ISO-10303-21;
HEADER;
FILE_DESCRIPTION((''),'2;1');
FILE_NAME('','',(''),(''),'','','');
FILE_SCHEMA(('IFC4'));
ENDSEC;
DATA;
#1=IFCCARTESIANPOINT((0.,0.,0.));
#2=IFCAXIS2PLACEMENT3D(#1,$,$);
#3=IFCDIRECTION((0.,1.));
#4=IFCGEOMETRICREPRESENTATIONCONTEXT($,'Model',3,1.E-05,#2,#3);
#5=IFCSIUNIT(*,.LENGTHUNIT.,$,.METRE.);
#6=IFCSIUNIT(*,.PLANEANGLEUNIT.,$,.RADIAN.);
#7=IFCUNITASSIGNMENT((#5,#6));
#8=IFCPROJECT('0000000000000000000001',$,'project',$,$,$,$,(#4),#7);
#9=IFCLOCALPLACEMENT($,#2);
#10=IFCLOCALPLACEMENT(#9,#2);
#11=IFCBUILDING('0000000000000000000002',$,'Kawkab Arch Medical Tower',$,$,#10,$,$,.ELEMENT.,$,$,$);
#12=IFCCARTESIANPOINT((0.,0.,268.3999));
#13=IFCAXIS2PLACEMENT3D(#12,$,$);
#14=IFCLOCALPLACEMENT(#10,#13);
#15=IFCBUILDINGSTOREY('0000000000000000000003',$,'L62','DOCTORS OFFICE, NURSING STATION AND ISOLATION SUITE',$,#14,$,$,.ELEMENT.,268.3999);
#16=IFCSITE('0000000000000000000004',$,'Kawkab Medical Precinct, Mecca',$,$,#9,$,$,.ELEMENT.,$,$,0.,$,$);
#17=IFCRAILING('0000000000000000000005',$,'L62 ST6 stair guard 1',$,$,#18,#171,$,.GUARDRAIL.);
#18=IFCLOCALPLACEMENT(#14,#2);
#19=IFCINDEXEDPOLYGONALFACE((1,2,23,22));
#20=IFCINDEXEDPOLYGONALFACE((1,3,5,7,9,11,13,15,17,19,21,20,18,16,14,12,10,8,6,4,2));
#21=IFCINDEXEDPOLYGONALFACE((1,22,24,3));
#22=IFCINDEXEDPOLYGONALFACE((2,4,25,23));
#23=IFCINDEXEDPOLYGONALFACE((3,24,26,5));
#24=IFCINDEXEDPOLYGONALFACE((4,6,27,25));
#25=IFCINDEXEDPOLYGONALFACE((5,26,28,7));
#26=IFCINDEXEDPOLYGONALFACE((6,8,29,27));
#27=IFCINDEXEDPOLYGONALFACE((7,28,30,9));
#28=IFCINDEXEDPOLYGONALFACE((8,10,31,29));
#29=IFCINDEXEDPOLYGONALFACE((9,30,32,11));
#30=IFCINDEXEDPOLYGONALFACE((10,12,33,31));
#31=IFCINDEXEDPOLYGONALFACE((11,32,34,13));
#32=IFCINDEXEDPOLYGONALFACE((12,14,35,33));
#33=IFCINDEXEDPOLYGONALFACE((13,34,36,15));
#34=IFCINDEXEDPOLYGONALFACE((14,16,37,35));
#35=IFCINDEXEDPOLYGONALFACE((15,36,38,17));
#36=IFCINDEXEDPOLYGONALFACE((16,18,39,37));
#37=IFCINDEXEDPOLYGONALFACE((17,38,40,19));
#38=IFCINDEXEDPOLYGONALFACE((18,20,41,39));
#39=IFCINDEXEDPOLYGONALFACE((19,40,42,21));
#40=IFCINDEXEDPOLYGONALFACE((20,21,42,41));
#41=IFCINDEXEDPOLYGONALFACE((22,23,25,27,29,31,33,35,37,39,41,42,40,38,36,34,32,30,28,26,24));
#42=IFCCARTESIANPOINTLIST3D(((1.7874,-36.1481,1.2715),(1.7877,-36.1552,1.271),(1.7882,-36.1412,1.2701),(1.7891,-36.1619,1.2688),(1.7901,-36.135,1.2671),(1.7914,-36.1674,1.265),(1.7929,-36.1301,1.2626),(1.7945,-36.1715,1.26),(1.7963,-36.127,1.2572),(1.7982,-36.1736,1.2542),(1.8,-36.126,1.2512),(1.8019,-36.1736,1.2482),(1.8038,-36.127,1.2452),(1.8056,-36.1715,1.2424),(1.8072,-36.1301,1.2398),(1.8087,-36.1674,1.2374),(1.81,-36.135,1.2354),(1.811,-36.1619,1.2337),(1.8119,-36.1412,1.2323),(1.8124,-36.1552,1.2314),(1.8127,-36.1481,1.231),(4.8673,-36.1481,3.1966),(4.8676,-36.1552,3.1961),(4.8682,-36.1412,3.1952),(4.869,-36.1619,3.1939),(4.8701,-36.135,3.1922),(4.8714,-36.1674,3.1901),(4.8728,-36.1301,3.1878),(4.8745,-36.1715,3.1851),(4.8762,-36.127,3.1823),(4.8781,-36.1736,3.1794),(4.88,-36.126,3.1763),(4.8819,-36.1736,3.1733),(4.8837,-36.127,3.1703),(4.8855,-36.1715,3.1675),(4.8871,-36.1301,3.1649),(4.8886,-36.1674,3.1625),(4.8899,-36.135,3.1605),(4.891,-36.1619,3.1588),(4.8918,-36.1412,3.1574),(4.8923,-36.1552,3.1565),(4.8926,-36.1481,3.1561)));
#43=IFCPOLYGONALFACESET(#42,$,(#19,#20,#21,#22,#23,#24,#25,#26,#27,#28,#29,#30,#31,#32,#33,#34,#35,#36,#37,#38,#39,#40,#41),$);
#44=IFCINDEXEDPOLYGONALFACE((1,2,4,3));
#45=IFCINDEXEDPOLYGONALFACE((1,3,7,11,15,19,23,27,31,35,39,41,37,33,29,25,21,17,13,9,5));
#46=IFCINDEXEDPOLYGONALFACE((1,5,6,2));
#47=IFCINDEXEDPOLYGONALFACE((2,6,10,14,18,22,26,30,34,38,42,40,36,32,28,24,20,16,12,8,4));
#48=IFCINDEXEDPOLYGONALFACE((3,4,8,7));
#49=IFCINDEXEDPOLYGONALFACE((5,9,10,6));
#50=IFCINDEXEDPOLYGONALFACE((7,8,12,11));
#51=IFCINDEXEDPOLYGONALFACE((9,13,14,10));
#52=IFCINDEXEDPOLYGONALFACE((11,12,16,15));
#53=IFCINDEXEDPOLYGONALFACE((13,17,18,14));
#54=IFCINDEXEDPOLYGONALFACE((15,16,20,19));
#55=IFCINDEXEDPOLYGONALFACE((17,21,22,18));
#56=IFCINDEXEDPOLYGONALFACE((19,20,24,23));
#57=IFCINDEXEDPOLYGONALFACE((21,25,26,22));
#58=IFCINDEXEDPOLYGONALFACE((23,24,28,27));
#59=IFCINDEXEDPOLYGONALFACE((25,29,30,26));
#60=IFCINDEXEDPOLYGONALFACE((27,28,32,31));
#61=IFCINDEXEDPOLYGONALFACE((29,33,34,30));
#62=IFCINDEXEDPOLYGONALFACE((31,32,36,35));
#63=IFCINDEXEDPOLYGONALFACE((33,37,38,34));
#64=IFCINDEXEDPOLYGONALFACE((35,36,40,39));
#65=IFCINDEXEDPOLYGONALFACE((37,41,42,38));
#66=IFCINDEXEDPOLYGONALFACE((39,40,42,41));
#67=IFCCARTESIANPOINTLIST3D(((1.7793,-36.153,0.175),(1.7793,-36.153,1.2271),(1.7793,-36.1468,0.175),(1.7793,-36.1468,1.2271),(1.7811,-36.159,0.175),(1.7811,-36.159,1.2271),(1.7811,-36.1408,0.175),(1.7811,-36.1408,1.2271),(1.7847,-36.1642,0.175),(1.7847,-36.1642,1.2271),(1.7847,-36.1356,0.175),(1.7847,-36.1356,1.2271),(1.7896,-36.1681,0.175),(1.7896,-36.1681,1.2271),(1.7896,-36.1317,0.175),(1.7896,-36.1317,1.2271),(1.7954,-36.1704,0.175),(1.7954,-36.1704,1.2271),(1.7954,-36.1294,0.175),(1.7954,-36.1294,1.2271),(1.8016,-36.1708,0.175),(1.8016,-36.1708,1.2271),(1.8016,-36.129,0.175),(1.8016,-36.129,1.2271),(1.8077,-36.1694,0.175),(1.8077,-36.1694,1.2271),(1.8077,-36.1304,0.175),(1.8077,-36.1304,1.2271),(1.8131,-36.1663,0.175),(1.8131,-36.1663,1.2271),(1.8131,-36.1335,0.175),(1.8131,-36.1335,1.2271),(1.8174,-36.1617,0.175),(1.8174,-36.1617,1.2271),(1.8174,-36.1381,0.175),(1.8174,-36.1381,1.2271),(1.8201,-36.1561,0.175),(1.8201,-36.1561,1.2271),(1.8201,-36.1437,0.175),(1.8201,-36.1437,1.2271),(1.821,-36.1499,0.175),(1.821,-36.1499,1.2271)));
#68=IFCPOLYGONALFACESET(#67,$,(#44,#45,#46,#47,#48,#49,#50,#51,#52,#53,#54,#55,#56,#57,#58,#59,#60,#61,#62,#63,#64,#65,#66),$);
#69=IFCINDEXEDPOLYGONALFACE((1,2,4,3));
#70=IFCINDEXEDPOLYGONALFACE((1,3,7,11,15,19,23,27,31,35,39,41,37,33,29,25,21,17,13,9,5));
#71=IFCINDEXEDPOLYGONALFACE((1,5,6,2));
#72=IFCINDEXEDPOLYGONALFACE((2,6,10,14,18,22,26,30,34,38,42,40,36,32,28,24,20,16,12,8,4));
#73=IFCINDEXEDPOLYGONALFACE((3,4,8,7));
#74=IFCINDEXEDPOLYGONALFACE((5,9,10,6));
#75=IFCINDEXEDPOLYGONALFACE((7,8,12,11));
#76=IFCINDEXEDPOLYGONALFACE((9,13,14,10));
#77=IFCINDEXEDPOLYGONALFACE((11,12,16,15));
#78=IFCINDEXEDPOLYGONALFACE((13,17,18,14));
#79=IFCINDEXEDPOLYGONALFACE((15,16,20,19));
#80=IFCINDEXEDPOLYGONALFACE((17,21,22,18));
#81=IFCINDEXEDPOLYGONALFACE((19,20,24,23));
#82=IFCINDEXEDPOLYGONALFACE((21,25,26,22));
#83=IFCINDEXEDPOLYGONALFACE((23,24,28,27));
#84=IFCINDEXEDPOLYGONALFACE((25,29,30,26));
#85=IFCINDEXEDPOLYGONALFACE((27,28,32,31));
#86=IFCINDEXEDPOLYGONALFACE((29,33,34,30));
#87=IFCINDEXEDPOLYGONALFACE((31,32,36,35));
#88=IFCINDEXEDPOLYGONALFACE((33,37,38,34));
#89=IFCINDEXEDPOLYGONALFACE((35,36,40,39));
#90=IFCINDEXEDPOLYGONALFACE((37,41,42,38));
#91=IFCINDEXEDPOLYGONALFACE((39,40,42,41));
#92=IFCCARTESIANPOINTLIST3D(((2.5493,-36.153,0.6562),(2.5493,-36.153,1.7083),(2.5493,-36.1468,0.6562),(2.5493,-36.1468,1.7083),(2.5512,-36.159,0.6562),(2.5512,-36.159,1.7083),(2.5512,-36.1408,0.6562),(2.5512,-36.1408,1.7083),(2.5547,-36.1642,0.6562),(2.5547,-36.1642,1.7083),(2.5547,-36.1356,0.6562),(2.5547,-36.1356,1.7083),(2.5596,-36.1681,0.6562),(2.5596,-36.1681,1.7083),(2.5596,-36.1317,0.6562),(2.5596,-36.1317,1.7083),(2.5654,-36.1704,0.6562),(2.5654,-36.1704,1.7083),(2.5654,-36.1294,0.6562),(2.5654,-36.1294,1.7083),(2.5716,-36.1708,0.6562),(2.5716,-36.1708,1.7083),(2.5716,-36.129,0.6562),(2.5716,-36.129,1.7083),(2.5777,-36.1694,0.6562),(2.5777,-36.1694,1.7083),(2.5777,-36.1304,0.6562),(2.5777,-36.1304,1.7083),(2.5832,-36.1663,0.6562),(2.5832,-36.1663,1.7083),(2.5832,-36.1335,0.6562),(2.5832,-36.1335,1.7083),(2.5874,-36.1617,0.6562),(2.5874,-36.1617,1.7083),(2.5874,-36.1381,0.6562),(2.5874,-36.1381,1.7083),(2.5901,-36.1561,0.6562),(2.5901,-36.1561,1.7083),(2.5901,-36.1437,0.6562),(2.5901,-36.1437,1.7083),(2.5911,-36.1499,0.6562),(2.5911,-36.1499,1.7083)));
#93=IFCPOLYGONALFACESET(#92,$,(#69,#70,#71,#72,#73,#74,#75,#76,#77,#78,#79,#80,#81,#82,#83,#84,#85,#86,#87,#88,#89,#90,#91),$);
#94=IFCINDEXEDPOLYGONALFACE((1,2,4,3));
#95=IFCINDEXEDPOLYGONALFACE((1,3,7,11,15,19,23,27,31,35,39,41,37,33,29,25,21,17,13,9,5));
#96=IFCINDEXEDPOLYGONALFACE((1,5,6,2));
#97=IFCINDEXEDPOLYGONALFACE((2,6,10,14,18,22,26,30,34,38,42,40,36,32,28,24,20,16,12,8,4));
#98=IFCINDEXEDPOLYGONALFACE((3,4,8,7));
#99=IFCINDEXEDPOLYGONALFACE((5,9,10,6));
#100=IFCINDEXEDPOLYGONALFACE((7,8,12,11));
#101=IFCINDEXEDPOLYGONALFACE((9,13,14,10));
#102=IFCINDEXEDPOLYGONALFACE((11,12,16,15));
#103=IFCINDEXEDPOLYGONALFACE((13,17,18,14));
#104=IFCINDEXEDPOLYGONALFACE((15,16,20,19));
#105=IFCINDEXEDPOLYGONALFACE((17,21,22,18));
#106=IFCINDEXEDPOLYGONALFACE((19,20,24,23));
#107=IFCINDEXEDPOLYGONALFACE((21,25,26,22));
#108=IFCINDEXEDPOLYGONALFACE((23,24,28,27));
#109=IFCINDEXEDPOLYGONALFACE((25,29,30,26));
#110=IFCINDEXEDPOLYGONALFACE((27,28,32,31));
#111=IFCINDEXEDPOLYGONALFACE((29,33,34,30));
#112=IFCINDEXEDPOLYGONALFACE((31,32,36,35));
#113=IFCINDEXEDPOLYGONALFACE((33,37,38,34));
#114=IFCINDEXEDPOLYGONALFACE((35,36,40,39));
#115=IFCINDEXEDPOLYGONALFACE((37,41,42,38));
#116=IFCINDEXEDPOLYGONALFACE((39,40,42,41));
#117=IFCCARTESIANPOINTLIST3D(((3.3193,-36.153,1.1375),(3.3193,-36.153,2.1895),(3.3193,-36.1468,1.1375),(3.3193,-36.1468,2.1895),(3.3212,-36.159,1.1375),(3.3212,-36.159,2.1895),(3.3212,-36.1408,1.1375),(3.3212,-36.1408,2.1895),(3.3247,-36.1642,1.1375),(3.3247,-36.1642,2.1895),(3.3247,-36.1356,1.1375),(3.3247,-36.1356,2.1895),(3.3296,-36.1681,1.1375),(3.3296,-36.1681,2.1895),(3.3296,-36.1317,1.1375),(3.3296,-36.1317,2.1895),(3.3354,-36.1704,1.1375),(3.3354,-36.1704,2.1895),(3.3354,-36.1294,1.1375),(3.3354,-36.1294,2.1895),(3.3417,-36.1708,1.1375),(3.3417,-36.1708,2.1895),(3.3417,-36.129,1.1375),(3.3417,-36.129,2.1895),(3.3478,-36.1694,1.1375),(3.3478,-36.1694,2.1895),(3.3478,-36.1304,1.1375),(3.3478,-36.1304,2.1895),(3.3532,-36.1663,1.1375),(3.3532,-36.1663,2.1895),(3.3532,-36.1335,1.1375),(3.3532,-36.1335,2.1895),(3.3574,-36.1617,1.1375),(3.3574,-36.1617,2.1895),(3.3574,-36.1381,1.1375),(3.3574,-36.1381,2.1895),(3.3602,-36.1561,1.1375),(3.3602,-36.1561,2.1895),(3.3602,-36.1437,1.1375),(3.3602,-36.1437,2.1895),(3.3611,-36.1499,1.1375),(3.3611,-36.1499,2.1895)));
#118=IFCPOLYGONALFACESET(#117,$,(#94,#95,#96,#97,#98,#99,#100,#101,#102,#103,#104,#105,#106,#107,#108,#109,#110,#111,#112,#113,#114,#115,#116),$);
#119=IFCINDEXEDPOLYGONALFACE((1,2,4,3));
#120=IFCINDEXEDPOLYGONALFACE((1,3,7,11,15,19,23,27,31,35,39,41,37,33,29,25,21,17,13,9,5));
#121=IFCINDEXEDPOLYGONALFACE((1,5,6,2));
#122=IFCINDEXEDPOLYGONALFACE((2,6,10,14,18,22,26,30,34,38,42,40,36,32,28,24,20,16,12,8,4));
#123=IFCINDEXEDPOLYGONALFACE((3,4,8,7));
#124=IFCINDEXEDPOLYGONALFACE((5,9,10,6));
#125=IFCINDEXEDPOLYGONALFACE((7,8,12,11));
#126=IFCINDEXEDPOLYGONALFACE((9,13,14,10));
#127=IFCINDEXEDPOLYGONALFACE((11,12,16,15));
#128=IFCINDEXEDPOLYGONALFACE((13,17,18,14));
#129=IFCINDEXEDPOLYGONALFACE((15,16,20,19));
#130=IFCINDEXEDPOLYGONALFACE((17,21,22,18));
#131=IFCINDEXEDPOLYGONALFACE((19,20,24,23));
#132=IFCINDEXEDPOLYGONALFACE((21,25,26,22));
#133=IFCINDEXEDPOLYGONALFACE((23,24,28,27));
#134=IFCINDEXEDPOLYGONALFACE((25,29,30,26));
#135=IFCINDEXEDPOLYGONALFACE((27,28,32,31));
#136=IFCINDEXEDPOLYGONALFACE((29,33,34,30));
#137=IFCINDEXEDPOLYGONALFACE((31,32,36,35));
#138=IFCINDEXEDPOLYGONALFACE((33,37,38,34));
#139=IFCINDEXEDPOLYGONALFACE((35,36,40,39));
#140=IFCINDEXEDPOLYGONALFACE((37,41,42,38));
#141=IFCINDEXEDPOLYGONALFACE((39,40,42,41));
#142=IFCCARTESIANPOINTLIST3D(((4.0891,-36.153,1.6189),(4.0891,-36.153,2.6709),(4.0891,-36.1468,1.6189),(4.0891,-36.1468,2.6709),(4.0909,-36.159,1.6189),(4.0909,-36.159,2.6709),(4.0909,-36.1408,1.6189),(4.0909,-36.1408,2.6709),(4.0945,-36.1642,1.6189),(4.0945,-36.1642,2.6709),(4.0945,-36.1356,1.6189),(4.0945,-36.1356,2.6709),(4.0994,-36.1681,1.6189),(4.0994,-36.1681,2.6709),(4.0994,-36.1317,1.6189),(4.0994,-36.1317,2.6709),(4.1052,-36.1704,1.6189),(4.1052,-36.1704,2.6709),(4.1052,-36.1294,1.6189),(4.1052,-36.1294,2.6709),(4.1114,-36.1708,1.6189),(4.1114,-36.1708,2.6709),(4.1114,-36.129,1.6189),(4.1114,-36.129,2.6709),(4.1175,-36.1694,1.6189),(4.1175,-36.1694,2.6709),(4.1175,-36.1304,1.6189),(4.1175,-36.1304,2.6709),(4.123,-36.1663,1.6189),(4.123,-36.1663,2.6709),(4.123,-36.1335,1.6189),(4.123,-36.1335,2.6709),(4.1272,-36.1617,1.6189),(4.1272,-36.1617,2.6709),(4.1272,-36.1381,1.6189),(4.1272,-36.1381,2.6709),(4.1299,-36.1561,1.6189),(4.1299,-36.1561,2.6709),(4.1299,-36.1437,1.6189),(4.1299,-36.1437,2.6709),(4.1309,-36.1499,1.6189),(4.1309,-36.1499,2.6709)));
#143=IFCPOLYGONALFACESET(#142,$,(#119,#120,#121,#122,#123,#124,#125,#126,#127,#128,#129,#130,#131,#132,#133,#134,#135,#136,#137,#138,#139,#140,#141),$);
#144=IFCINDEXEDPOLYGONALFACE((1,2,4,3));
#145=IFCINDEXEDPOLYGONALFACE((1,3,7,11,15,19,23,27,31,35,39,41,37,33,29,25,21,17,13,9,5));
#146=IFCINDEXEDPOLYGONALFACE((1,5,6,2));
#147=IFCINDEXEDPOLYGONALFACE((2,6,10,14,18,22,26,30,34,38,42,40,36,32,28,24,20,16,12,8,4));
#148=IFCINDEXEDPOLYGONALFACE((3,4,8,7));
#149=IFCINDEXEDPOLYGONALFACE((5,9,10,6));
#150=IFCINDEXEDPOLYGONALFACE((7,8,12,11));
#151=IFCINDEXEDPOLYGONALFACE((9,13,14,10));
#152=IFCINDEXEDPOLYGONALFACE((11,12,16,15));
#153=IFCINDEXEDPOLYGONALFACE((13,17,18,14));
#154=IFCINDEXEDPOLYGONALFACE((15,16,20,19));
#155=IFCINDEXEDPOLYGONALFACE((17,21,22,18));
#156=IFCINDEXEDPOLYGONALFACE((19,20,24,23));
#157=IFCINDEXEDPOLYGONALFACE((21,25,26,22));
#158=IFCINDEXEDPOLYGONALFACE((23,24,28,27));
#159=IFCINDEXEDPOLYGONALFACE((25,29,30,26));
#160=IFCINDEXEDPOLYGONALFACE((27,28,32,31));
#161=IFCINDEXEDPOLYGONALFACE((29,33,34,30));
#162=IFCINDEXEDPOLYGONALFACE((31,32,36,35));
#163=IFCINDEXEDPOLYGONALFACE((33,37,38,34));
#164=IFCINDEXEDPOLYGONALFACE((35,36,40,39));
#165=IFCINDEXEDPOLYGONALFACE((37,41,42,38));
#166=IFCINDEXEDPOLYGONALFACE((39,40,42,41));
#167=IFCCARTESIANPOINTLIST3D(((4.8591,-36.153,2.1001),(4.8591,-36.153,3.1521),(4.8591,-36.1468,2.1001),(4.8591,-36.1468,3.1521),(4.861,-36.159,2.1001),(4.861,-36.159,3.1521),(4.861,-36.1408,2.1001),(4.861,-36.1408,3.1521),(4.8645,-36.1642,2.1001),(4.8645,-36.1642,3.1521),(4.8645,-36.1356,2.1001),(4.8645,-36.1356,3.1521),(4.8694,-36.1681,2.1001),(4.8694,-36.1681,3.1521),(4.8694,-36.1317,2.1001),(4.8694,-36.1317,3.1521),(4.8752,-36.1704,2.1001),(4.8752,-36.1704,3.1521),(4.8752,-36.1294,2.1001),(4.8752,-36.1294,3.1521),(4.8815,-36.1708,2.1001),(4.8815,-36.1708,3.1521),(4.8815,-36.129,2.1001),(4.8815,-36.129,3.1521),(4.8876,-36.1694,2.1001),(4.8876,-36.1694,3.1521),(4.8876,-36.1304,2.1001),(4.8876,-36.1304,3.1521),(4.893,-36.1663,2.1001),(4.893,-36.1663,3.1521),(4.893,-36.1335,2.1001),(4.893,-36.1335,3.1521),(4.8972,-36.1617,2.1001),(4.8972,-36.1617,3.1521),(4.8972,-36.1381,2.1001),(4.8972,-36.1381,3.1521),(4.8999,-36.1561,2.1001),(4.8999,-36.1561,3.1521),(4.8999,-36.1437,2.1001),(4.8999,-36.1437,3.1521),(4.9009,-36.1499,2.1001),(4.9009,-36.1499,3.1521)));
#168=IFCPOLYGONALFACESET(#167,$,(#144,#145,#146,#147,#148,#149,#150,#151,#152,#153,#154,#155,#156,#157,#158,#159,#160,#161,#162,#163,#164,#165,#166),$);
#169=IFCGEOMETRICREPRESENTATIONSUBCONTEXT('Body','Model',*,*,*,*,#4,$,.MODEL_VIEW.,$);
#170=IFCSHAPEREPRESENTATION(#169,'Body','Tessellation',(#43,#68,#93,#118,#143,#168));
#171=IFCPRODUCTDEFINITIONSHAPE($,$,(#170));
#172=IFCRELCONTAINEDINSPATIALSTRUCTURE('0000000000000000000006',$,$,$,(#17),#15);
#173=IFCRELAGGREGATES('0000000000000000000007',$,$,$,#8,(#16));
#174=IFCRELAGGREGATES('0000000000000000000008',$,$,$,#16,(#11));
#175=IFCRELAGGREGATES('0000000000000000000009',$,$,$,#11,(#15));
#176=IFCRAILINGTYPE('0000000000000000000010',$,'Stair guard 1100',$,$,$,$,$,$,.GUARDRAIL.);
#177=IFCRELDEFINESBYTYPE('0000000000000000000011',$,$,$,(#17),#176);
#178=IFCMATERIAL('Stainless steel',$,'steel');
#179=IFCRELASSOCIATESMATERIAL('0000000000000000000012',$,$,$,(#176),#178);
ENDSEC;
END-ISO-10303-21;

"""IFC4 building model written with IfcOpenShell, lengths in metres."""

from ifc_helpers import new_model, si_unit, direction, frame, origin, origin_2d, place, context, subcontext, project, spatial, circle, extrude, material, type_object, element, save


model = new_model("IFC4")

# Units and contexts
model_context = context("Model", 3, precision=1e-05, world=origin(), true_north=direction((0.0, 1.0)))
body_context = subcontext(model_context, "Body", "Model", "MODEL_VIEW")
ifc_project = project(units=[si_unit("LENGTHUNIT", "METRE"), si_unit("PLANEANGLEUNIT", "RADIAN")], contexts=[model_context])

# Site, building, storey
site_placement = place(None, origin())
site = spatial("IfcSite", under=ifc_project, at=site_placement, Name="Kawkab Medical Precinct, Mecca", CompositionType="ELEMENT", RefElevation=0.0)
building_placement = place(site_placement, origin())
building = spatial("IfcBuilding", under=site, at=building_placement, Name="Kawkab Arch Medical Tower", CompositionType="ELEMENT")
storey_placement = place(building_placement, frame((0.0, 0.0, 268.3999)))
storey = spatial("IfcBuildingStorey", under=building, at=storey_placement, Name="L62", Description="DOCTORS OFFICE, NURSING STATION AND ISOLATION SUITE", CompositionType="ELEMENT", Elevation=268.3999)

# Railing
ifc_material_1 = material(Name="Stainless steel", Category="steel")
railing_type_1 = type_object("IfcRailingType", Name="Stair guard 1100", PredefinedType="GUARDRAIL", material=ifc_material_1)
railing_1_placement = place(storey_placement, frame((1.8, -36.1499, 0.175)))
element("IfcRailing", 1, at=railing_1_placement, inside=storey, type_object=railing_type_1, Name="L62 ST6 stair guard 1", PredefinedType="GUARDRAIL", context=body_context, shape_type="SweptSolid", body=[
    extrude(circle(Radius=0.0239, at=origin_2d()), frame((0.0, 0.0, 1.0762), z_axis=(0.847979, 0.0, 0.530029), x_axis=(0.0, 1.0, 0.0)), (0.0, 0.0, 1.0), 3.6321),
    extrude(circle(Radius=0.021, at=origin_2d()), origin(), (0.0, 0.0, 1.0), 1.052),
    extrude(circle(Radius=0.021, at=origin_2d()), frame((0.77, 0.0, 0.4812)), (0.0, 0.0, 1.0), 1.052),
    extrude(circle(Radius=0.021, at=origin_2d()), frame((1.54, 0.0, 0.9624)), (0.0, 0.0, 1.0), 1.052),
    extrude(circle(Radius=0.021, at=origin_2d()), frame((2.3098, 0.0, 1.4438)), (0.0, 0.0, 1.0), 1.052),
    extrude(circle(Radius=0.021, at=origin_2d()), frame((3.0798, 0.0, 1.925)), (0.0, 0.0, 1.0), 1.052),
])

save(model, "model.ifc")
